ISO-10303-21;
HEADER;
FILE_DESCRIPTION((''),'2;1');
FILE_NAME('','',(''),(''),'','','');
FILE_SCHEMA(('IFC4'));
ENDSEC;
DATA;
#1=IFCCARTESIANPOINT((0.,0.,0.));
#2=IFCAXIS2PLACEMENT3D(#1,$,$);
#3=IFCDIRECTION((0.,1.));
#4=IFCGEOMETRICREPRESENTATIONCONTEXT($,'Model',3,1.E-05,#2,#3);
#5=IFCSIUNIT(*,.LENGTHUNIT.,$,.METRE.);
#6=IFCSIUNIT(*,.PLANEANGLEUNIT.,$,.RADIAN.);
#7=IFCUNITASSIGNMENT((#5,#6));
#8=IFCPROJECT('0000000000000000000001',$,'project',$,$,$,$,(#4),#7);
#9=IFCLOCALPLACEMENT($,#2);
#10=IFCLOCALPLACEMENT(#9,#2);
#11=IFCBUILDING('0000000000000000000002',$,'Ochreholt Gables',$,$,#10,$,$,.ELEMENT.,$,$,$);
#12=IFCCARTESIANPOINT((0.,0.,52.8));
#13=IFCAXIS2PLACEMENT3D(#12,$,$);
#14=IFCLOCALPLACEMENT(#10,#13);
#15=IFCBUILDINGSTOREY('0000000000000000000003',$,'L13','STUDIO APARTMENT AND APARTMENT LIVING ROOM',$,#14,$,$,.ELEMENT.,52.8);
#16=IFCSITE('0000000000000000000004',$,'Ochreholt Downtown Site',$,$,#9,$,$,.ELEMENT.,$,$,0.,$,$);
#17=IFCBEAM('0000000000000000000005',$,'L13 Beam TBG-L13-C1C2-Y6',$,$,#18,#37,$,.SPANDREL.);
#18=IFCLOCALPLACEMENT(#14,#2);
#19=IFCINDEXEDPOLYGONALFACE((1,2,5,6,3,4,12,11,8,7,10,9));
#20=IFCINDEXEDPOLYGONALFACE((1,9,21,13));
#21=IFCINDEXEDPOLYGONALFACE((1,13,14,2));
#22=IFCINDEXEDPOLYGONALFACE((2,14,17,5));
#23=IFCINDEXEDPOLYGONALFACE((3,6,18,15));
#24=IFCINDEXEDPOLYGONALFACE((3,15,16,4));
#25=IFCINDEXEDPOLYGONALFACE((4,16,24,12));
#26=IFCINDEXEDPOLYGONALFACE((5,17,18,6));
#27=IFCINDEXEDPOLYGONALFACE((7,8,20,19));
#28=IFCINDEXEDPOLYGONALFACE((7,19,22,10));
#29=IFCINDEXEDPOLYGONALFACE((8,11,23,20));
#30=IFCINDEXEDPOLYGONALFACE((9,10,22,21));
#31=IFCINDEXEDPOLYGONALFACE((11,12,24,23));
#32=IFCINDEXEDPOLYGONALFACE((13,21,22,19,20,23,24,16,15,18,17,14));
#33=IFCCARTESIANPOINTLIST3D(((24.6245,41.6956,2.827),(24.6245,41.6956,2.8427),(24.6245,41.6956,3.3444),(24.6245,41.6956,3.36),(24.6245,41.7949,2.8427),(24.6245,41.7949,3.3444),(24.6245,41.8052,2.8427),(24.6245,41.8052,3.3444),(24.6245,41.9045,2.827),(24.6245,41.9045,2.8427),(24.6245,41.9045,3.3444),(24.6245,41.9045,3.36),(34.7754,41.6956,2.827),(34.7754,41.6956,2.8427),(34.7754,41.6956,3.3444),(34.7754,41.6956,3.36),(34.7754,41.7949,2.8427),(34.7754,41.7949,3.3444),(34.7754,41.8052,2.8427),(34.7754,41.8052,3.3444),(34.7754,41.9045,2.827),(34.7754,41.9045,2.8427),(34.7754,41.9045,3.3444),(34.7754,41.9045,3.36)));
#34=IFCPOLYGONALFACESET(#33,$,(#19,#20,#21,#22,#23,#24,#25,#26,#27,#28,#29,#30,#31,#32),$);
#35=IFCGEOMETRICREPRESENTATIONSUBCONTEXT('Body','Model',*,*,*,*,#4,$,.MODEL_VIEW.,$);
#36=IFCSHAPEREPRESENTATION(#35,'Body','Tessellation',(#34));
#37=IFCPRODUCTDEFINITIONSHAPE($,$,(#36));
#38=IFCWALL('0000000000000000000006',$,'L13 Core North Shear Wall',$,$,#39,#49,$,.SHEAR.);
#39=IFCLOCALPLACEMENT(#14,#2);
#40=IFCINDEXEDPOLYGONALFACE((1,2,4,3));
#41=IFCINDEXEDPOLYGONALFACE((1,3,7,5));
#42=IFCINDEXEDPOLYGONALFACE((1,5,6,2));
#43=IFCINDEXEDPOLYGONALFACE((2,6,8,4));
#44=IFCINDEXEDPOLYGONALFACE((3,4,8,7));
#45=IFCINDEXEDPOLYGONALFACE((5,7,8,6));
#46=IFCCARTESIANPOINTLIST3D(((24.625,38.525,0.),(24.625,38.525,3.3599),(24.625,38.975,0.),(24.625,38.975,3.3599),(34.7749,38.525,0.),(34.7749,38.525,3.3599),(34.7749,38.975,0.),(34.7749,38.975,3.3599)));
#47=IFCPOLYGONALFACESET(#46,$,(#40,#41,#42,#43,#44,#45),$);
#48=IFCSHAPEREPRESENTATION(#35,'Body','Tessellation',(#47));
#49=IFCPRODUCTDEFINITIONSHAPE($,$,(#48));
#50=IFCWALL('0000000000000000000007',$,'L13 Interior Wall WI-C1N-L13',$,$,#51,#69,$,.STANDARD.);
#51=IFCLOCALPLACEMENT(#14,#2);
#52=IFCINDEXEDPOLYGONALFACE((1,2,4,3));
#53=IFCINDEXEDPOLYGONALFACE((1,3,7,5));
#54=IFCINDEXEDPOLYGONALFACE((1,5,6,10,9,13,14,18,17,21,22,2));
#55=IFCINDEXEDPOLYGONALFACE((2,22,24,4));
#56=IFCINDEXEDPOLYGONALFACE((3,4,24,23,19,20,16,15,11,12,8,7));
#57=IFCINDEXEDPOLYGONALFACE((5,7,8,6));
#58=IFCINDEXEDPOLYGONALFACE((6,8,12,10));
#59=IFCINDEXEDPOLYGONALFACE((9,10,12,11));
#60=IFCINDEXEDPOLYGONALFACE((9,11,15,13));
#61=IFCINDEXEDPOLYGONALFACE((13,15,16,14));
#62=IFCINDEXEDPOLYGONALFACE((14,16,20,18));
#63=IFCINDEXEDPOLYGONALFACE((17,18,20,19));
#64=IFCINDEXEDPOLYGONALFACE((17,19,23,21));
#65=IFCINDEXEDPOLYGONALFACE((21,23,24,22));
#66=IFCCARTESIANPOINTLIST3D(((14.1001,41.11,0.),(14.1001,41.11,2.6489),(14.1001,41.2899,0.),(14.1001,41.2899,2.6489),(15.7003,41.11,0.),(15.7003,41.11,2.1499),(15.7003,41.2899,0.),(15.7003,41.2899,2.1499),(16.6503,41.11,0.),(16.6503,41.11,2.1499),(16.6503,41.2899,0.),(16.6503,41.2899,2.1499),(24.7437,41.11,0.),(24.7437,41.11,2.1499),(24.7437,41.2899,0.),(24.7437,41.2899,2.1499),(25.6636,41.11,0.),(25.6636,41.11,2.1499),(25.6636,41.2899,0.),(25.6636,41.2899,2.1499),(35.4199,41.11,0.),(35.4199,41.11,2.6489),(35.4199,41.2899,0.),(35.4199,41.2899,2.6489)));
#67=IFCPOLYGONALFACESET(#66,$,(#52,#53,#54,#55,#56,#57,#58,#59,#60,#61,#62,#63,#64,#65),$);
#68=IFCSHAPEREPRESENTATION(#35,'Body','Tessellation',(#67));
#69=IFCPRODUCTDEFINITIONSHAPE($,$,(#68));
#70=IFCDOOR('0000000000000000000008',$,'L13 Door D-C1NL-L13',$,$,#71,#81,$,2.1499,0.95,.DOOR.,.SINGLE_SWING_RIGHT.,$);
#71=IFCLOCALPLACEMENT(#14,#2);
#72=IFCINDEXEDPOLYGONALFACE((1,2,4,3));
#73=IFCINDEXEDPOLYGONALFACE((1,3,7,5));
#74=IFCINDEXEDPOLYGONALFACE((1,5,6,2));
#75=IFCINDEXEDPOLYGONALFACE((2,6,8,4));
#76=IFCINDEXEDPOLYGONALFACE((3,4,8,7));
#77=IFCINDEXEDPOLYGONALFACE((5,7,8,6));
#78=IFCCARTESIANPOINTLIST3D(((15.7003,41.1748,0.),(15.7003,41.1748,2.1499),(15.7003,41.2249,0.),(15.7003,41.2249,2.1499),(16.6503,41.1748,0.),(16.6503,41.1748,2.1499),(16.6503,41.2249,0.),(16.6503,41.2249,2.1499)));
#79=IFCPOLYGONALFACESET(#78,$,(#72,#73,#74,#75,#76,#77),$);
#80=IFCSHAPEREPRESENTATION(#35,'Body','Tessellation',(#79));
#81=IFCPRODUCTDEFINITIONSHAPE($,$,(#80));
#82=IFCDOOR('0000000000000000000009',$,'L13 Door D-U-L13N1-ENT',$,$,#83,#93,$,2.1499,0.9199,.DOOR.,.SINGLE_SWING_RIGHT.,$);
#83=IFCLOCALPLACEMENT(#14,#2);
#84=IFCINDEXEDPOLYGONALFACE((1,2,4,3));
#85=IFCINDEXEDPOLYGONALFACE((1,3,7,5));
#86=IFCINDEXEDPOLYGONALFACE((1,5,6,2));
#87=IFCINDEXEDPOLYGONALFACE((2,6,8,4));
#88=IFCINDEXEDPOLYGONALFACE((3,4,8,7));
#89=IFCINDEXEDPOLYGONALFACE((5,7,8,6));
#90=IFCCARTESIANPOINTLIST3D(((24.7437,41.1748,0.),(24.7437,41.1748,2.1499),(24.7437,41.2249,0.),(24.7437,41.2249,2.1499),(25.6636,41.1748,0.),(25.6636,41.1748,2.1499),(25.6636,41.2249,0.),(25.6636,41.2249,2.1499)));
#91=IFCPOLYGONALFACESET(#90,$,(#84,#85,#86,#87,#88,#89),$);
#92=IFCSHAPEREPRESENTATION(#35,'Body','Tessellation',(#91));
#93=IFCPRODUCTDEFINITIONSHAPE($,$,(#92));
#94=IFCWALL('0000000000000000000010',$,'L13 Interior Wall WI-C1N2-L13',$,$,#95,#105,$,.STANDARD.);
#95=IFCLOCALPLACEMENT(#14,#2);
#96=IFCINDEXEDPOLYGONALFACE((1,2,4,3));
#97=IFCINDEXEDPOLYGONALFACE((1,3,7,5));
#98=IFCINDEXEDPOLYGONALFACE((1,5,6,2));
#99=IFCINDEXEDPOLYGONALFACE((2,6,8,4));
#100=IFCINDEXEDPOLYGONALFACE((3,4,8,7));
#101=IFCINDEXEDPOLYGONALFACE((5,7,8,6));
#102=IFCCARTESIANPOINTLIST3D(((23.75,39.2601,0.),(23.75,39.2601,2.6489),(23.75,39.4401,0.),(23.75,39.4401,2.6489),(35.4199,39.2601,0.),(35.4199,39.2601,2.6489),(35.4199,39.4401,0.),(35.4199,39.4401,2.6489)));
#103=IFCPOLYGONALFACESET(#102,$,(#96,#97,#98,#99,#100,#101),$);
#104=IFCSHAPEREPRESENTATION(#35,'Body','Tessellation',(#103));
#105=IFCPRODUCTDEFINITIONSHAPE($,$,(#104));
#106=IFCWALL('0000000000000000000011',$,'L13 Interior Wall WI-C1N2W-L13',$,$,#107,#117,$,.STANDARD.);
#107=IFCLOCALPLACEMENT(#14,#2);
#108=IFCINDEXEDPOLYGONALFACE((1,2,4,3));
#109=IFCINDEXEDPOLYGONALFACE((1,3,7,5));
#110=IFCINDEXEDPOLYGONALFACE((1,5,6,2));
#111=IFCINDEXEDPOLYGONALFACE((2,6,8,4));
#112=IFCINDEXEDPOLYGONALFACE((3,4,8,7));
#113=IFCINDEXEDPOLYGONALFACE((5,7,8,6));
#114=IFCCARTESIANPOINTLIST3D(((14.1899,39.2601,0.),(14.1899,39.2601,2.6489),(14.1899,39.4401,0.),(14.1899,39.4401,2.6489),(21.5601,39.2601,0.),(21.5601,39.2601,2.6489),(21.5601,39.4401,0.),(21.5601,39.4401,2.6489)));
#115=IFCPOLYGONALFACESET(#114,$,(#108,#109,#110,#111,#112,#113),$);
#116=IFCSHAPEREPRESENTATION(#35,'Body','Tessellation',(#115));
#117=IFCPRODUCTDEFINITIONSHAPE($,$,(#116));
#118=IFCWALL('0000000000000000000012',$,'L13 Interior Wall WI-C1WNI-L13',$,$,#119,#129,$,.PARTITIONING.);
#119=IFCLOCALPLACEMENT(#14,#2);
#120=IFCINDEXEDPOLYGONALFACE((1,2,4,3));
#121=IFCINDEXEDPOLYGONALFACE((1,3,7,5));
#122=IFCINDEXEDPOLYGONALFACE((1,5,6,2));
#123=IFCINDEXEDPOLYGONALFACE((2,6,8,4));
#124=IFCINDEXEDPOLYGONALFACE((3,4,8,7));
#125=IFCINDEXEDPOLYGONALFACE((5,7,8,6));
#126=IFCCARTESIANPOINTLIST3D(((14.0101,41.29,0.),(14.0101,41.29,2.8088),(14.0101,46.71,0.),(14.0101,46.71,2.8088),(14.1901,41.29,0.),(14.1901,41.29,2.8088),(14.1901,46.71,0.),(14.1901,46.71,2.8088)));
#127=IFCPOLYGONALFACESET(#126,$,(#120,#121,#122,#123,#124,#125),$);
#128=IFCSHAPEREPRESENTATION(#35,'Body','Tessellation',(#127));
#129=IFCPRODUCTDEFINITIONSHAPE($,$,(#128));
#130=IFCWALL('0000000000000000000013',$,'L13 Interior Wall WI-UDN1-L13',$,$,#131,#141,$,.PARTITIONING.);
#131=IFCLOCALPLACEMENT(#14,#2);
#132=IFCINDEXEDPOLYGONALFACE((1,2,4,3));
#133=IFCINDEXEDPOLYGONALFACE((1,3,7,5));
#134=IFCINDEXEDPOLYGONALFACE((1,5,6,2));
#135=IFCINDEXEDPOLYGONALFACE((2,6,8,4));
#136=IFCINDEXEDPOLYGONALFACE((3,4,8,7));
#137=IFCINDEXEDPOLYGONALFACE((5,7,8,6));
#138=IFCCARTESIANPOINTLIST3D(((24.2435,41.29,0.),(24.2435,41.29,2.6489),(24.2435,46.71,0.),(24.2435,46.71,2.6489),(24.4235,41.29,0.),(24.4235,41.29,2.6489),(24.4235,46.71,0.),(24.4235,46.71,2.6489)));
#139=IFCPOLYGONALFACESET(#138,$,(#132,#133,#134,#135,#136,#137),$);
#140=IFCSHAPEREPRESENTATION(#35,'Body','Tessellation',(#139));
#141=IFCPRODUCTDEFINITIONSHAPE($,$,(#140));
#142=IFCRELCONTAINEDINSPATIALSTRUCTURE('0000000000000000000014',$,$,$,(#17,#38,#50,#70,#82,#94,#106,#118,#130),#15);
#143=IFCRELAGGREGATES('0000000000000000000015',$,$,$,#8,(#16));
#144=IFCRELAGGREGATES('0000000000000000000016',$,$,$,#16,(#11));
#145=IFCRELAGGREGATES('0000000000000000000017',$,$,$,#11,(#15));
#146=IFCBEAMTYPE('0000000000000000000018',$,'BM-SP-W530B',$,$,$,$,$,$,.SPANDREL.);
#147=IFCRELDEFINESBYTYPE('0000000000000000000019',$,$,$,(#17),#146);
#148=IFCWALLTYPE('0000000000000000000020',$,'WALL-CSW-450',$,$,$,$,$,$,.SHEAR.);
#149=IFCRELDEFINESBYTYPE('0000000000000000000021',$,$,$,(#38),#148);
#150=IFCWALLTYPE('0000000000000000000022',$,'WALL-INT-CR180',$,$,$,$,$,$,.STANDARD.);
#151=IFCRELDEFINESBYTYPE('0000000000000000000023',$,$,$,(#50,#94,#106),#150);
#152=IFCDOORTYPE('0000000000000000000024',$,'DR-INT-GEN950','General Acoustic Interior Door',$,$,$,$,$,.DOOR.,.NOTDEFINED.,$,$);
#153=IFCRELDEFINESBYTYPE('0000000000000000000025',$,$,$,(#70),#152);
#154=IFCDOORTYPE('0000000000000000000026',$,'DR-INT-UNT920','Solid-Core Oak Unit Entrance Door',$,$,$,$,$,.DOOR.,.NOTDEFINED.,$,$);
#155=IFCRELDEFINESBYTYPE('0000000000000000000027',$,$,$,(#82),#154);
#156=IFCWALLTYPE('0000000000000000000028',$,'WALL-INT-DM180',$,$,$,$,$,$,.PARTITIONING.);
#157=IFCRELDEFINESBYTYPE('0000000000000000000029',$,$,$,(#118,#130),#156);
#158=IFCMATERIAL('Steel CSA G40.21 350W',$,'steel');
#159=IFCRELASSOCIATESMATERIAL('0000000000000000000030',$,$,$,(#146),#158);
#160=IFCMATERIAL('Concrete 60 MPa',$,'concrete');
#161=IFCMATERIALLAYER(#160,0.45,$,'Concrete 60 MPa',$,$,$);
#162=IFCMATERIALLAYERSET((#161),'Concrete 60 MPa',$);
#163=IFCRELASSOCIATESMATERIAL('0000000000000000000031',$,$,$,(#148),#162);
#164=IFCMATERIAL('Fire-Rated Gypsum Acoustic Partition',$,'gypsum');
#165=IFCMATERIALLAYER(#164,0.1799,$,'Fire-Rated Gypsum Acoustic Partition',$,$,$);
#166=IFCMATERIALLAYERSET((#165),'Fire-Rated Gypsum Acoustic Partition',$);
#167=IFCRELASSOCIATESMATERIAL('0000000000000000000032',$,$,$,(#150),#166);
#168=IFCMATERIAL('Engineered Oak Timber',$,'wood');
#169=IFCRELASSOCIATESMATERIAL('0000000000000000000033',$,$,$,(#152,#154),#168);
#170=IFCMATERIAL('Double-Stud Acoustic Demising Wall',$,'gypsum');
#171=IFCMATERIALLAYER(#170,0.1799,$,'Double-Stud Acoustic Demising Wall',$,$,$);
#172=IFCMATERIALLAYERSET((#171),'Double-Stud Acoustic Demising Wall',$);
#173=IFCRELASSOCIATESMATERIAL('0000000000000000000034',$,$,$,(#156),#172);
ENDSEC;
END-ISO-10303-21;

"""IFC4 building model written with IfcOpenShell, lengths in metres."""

from ifc_helpers import new_model, si_unit, direction, frame, frame_2d, origin, origin_2d, place, context, subcontext, project, spatial, rectangle, i_section, extrude, material, layer, layer_set, material_profile, profile_set, type_object, element, fill, save


model = new_model("IFC4")

# Units and contexts
model_context = context("Model", 3, precision=1e-05, world=origin(), true_north=direction((0.0, 1.0)))
body_context = subcontext(model_context, "Body", "Model", "MODEL_VIEW")
ifc_project = project(units=[si_unit("LENGTHUNIT", "METRE"), si_unit("PLANEANGLEUNIT", "RADIAN")], contexts=[model_context])

# Site, building, storey
site_placement = place(None, origin())
site = spatial("IfcSite", under=ifc_project, at=site_placement, Name="Ochreholt Downtown Site", CompositionType="ELEMENT", RefElevation=0.0)
building_placement = place(site_placement, origin())
building = spatial("IfcBuilding", under=site, at=building_placement, Name="Ochreholt Gables", CompositionType="ELEMENT")
storey_placement = place(building_placement, frame((0.0, 0.0, 52.8)))
storey = spatial("IfcBuildingStorey", under=building, at=storey_placement, Name="L13", Description="STUDIO APARTMENT AND APARTMENT LIVING ROOM", CompositionType="ELEMENT", Elevation=52.8)

# Shared definitions
ifc_material_1 = material(Name="Concrete 60 MPa", Category="concrete")

# Beam
ifc_material_2 = material(Name="Steel CSA G40.21 350W", Category="steel")
ifc_material_profile_1 = material_profile(ifc_material_2, i_section(OverallWidth=0.209, OverallDepth=0.533, WebThickness=0.0103, FlangeThickness=0.0156, at=origin_2d()), Name="W530X92")
ifc_profile_set_1 = profile_set([ifc_material_profile_1], Name="Steel CSA G40.21 350W")
beam_type_1 = type_object("IfcBeamType", Name="BM-SP-W530B", PredefinedType="SPANDREL", material=ifc_profile_set_1)
beam_1_placement = place(storey_placement, frame((24.6245, 41.8, 3.0935), z_axis=(1.0, 0.0, 0.0), x_axis=(0.0, 1.0, 0.0)))
element("IfcBeam", 1, at=beam_1_placement, inside=storey, type_object=beam_type_1, Name="L13 Beam TBG-L13-C1C2-Y6", PredefinedType="SPANDREL", context=body_context, shape_type="SweptSolid", body=[
    extrude(i_section(OverallWidth=0.209, OverallDepth=0.533, WebThickness=0.0103, FlangeThickness=0.0156, at=origin_2d()), origin(), (0.0, 0.0, 1.0), 10.1509),
])

# Wall
ifc_layer_1 = layer(ifc_material_1, 0.45, Name="Concrete 60 MPa")
ifc_layer_set_1 = layer_set([ifc_layer_1], Name="Concrete 60 MPa")
wall_type_1 = type_object("IfcWallType", Name="WALL-CSW-450", PredefinedType="SHEAR", material=ifc_layer_set_1)
wall_1_placement = place(storey_placement, frame((24.625, 38.75, 0.0), z_axis=(0.0, 0.0, 1.0), x_axis=(1.0, 0.0, 0.0)))
element("IfcWall", 2, at=wall_1_placement, inside=storey, type_object=wall_type_1, Name="L13 Core North Shear Wall", PredefinedType="SHEAR", context=body_context, shape_type="SweptSolid", body=[
    extrude(rectangle(XDim=10.1499, YDim=0.45, at=frame_2d((5.075, 0.0))), origin(), (0.0, 0.0, 1.0), 3.3599),
])

# Wall, openings, doors
ifc_material_3 = material(Name="Fire-Rated Gypsum Acoustic Partition", Category="gypsum")
ifc_layer_2 = layer(ifc_material_3, 0.1799, Name="Fire-Rated Gypsum Acoustic Partition")
ifc_layer_set_2 = layer_set([ifc_layer_2], Name="Fire-Rated Gypsum Acoustic Partition")
wall_type_2 = type_object("IfcWallType", Name="WALL-INT-CR180", PredefinedType="STANDARD", material=ifc_layer_set_2)
wall_2_placement = place(storey_placement, frame((14.1001, 41.2, 0.0), z_axis=(0.0, 0.0, 1.0), x_axis=(1.0, 0.0, 0.0)))
wall_2 = element("IfcWall", 3, at=wall_2_placement, inside=storey, type_object=wall_type_2, Name="L13 Interior Wall WI-C1N-L13", PredefinedType="STANDARD", context=body_context, shape_type="SweptSolid", body=[
    extrude(rectangle(XDim=21.3198, YDim=0.1799, at=frame_2d((10.6599, 0.0))), origin(), (0.0, 0.0, 1.0), 2.6489),
])
opening_1_placement = place(wall_2_placement, frame((1.6001, 0.0, 0.0)))
opening_1 = element("IfcOpeningElement", 4, at=opening_1_placement, cuts=wall_2, PredefinedType="OPENING", context=body_context, shape_type="SweptSolid", body=[
    extrude(rectangle(XDim=0.95, YDim=2.1499, at=frame_2d((0.4751, 1.075))), frame((0.0, 0.0999, 0.0), z_axis=(0.0, -1.0, 0.0), x_axis=(1.0, 0.0, 0.0)), (0.0, 0.0, 1.0), 0.2),
])
opening_2_placement = place(wall_2_placement, frame((10.6436, 0.0, 0.0)))
opening_2 = element("IfcOpeningElement", 5, at=opening_2_placement, cuts=wall_2, PredefinedType="OPENING", context=body_context, shape_type="SweptSolid", body=[
    extrude(rectangle(XDim=0.9199, YDim=2.1499, at=frame_2d((0.46, 1.075))), frame((0.0, 0.0999, 0.0), z_axis=(0.0, -1.0, 0.0), x_axis=(1.0, 0.0, 0.0)), (0.0, 0.0, 1.0), 0.2),
])
ifc_material_4 = material(Name="Engineered Oak Timber", Category="wood")
door_type_1 = type_object("IfcDoorType", Name="DR-INT-GEN950", Description="General Acoustic Interior Door", OperationType="NOTDEFINED", PredefinedType="DOOR", material=ifc_material_4)
door_1_placement = place(opening_1_placement, origin())
door_1 = element("IfcDoor", 6, at=door_1_placement, inside=storey, type_object=door_type_1, Name="L13 Door D-C1NL-L13", OperationType="SINGLE_SWING_RIGHT", OverallHeight=2.1499, OverallWidth=0.95, PredefinedType="DOOR", context=body_context, shape_type="SweptSolid", body=[
    extrude(rectangle(XDim=0.95, YDim=2.1499, at=frame_2d((0.4751, 1.075))), frame((0.0, 0.0249, 0.0), z_axis=(0.0, -1.0, 0.0), x_axis=(1.0, 0.0, 0.0)), (0.0, 0.0, 1.0), 0.05),
])
fill(opening_1, door_1)
door_type_2 = type_object("IfcDoorType", Name="DR-INT-UNT920", Description="Solid-Core Oak Unit Entrance Door", OperationType="NOTDEFINED", PredefinedType="DOOR", material=ifc_material_4)
door_2_placement = place(opening_2_placement, origin())
door_2 = element("IfcDoor", 7, at=door_2_placement, inside=storey, type_object=door_type_2, Name="L13 Door D-U-L13N1-ENT", OperationType="SINGLE_SWING_RIGHT", OverallHeight=2.1499, OverallWidth=0.9199, PredefinedType="DOOR", context=body_context, shape_type="SweptSolid", body=[
    extrude(rectangle(XDim=0.9199, YDim=2.1499, at=frame_2d((0.46, 1.075))), frame((0.0, 0.0249, 0.0), z_axis=(0.0, -1.0, 0.0), x_axis=(1.0, 0.0, 0.0)), (0.0, 0.0, 1.0), 0.05),
])
fill(opening_2, door_2)

# Walls
wall_3_placement = place(storey_placement, frame((23.75, 39.3501, 0.0), z_axis=(0.0, 0.0, 1.0), x_axis=(1.0, 0.0, 0.0)))
element("IfcWall", 8, at=wall_3_placement, inside=storey, type_object=wall_type_2, Name="L13 Interior Wall WI-C1N2-L13", PredefinedType="STANDARD", context=body_context, shape_type="SweptSolid", body=[
    extrude(rectangle(XDim=11.6699, YDim=0.1799, at=frame_2d((5.835, 0.0))), origin(), (0.0, 0.0, 1.0), 2.6489),
])
wall_4_placement = place(storey_placement, frame((14.1899, 39.3501, 0.0), z_axis=(0.0, 0.0, 1.0), x_axis=(1.0, 0.0, 0.0)))
element("IfcWall", 9, at=wall_4_placement, inside=storey, type_object=wall_type_2, Name="L13 Interior Wall WI-C1N2W-L13", PredefinedType="STANDARD", context=body_context, shape_type="SweptSolid", body=[
    extrude(rectangle(XDim=7.3701, YDim=0.1799, at=frame_2d((3.6851, 0.0))), origin(), (0.0, 0.0, 1.0), 2.6489),
])
ifc_material_5 = material(Name="Double-Stud Acoustic Demising Wall", Category="gypsum")
ifc_layer_3 = layer(ifc_material_5, 0.1799, Name="Double-Stud Acoustic Demising Wall")
ifc_layer_set_3 = layer_set([ifc_layer_3], Name="Double-Stud Acoustic Demising Wall")
wall_type_3 = type_object("IfcWallType", Name="WALL-INT-DM180", PredefinedType="PARTITIONING", material=ifc_layer_set_3)
wall_5_placement = place(storey_placement, frame((14.1001, 41.29, 0.0), z_axis=(0.0, 0.0, 1.0), x_axis=(0.0, 1.0, 0.0)))
element("IfcWall", 10, at=wall_5_placement, inside=storey, type_object=wall_type_3, Name="L13 Interior Wall WI-C1WNI-L13", PredefinedType="PARTITIONING", context=body_context, shape_type="SweptSolid", body=[
    extrude(rectangle(XDim=5.4199, YDim=0.1799, at=frame_2d((2.71, 0.0))), origin(), (0.0, 0.0, 1.0), 2.8088),
])
wall_6_placement = place(storey_placement, frame((24.3335, 41.29, 0.0), z_axis=(0.0, 0.0, 1.0), x_axis=(0.0, 1.0, 0.0)))
element("IfcWall", 11, at=wall_6_placement, inside=storey, type_object=wall_type_3, Name="L13 Interior Wall WI-UDN1-L13", PredefinedType="PARTITIONING", context=body_context, shape_type="SweptSolid", body=[
    extrude(rectangle(XDim=5.4199, YDim=0.1799, at=frame_2d((2.71, 0.0))), origin(), (0.0, 0.0, 1.0), 2.6489),
])

save(model, "model.ifc")
